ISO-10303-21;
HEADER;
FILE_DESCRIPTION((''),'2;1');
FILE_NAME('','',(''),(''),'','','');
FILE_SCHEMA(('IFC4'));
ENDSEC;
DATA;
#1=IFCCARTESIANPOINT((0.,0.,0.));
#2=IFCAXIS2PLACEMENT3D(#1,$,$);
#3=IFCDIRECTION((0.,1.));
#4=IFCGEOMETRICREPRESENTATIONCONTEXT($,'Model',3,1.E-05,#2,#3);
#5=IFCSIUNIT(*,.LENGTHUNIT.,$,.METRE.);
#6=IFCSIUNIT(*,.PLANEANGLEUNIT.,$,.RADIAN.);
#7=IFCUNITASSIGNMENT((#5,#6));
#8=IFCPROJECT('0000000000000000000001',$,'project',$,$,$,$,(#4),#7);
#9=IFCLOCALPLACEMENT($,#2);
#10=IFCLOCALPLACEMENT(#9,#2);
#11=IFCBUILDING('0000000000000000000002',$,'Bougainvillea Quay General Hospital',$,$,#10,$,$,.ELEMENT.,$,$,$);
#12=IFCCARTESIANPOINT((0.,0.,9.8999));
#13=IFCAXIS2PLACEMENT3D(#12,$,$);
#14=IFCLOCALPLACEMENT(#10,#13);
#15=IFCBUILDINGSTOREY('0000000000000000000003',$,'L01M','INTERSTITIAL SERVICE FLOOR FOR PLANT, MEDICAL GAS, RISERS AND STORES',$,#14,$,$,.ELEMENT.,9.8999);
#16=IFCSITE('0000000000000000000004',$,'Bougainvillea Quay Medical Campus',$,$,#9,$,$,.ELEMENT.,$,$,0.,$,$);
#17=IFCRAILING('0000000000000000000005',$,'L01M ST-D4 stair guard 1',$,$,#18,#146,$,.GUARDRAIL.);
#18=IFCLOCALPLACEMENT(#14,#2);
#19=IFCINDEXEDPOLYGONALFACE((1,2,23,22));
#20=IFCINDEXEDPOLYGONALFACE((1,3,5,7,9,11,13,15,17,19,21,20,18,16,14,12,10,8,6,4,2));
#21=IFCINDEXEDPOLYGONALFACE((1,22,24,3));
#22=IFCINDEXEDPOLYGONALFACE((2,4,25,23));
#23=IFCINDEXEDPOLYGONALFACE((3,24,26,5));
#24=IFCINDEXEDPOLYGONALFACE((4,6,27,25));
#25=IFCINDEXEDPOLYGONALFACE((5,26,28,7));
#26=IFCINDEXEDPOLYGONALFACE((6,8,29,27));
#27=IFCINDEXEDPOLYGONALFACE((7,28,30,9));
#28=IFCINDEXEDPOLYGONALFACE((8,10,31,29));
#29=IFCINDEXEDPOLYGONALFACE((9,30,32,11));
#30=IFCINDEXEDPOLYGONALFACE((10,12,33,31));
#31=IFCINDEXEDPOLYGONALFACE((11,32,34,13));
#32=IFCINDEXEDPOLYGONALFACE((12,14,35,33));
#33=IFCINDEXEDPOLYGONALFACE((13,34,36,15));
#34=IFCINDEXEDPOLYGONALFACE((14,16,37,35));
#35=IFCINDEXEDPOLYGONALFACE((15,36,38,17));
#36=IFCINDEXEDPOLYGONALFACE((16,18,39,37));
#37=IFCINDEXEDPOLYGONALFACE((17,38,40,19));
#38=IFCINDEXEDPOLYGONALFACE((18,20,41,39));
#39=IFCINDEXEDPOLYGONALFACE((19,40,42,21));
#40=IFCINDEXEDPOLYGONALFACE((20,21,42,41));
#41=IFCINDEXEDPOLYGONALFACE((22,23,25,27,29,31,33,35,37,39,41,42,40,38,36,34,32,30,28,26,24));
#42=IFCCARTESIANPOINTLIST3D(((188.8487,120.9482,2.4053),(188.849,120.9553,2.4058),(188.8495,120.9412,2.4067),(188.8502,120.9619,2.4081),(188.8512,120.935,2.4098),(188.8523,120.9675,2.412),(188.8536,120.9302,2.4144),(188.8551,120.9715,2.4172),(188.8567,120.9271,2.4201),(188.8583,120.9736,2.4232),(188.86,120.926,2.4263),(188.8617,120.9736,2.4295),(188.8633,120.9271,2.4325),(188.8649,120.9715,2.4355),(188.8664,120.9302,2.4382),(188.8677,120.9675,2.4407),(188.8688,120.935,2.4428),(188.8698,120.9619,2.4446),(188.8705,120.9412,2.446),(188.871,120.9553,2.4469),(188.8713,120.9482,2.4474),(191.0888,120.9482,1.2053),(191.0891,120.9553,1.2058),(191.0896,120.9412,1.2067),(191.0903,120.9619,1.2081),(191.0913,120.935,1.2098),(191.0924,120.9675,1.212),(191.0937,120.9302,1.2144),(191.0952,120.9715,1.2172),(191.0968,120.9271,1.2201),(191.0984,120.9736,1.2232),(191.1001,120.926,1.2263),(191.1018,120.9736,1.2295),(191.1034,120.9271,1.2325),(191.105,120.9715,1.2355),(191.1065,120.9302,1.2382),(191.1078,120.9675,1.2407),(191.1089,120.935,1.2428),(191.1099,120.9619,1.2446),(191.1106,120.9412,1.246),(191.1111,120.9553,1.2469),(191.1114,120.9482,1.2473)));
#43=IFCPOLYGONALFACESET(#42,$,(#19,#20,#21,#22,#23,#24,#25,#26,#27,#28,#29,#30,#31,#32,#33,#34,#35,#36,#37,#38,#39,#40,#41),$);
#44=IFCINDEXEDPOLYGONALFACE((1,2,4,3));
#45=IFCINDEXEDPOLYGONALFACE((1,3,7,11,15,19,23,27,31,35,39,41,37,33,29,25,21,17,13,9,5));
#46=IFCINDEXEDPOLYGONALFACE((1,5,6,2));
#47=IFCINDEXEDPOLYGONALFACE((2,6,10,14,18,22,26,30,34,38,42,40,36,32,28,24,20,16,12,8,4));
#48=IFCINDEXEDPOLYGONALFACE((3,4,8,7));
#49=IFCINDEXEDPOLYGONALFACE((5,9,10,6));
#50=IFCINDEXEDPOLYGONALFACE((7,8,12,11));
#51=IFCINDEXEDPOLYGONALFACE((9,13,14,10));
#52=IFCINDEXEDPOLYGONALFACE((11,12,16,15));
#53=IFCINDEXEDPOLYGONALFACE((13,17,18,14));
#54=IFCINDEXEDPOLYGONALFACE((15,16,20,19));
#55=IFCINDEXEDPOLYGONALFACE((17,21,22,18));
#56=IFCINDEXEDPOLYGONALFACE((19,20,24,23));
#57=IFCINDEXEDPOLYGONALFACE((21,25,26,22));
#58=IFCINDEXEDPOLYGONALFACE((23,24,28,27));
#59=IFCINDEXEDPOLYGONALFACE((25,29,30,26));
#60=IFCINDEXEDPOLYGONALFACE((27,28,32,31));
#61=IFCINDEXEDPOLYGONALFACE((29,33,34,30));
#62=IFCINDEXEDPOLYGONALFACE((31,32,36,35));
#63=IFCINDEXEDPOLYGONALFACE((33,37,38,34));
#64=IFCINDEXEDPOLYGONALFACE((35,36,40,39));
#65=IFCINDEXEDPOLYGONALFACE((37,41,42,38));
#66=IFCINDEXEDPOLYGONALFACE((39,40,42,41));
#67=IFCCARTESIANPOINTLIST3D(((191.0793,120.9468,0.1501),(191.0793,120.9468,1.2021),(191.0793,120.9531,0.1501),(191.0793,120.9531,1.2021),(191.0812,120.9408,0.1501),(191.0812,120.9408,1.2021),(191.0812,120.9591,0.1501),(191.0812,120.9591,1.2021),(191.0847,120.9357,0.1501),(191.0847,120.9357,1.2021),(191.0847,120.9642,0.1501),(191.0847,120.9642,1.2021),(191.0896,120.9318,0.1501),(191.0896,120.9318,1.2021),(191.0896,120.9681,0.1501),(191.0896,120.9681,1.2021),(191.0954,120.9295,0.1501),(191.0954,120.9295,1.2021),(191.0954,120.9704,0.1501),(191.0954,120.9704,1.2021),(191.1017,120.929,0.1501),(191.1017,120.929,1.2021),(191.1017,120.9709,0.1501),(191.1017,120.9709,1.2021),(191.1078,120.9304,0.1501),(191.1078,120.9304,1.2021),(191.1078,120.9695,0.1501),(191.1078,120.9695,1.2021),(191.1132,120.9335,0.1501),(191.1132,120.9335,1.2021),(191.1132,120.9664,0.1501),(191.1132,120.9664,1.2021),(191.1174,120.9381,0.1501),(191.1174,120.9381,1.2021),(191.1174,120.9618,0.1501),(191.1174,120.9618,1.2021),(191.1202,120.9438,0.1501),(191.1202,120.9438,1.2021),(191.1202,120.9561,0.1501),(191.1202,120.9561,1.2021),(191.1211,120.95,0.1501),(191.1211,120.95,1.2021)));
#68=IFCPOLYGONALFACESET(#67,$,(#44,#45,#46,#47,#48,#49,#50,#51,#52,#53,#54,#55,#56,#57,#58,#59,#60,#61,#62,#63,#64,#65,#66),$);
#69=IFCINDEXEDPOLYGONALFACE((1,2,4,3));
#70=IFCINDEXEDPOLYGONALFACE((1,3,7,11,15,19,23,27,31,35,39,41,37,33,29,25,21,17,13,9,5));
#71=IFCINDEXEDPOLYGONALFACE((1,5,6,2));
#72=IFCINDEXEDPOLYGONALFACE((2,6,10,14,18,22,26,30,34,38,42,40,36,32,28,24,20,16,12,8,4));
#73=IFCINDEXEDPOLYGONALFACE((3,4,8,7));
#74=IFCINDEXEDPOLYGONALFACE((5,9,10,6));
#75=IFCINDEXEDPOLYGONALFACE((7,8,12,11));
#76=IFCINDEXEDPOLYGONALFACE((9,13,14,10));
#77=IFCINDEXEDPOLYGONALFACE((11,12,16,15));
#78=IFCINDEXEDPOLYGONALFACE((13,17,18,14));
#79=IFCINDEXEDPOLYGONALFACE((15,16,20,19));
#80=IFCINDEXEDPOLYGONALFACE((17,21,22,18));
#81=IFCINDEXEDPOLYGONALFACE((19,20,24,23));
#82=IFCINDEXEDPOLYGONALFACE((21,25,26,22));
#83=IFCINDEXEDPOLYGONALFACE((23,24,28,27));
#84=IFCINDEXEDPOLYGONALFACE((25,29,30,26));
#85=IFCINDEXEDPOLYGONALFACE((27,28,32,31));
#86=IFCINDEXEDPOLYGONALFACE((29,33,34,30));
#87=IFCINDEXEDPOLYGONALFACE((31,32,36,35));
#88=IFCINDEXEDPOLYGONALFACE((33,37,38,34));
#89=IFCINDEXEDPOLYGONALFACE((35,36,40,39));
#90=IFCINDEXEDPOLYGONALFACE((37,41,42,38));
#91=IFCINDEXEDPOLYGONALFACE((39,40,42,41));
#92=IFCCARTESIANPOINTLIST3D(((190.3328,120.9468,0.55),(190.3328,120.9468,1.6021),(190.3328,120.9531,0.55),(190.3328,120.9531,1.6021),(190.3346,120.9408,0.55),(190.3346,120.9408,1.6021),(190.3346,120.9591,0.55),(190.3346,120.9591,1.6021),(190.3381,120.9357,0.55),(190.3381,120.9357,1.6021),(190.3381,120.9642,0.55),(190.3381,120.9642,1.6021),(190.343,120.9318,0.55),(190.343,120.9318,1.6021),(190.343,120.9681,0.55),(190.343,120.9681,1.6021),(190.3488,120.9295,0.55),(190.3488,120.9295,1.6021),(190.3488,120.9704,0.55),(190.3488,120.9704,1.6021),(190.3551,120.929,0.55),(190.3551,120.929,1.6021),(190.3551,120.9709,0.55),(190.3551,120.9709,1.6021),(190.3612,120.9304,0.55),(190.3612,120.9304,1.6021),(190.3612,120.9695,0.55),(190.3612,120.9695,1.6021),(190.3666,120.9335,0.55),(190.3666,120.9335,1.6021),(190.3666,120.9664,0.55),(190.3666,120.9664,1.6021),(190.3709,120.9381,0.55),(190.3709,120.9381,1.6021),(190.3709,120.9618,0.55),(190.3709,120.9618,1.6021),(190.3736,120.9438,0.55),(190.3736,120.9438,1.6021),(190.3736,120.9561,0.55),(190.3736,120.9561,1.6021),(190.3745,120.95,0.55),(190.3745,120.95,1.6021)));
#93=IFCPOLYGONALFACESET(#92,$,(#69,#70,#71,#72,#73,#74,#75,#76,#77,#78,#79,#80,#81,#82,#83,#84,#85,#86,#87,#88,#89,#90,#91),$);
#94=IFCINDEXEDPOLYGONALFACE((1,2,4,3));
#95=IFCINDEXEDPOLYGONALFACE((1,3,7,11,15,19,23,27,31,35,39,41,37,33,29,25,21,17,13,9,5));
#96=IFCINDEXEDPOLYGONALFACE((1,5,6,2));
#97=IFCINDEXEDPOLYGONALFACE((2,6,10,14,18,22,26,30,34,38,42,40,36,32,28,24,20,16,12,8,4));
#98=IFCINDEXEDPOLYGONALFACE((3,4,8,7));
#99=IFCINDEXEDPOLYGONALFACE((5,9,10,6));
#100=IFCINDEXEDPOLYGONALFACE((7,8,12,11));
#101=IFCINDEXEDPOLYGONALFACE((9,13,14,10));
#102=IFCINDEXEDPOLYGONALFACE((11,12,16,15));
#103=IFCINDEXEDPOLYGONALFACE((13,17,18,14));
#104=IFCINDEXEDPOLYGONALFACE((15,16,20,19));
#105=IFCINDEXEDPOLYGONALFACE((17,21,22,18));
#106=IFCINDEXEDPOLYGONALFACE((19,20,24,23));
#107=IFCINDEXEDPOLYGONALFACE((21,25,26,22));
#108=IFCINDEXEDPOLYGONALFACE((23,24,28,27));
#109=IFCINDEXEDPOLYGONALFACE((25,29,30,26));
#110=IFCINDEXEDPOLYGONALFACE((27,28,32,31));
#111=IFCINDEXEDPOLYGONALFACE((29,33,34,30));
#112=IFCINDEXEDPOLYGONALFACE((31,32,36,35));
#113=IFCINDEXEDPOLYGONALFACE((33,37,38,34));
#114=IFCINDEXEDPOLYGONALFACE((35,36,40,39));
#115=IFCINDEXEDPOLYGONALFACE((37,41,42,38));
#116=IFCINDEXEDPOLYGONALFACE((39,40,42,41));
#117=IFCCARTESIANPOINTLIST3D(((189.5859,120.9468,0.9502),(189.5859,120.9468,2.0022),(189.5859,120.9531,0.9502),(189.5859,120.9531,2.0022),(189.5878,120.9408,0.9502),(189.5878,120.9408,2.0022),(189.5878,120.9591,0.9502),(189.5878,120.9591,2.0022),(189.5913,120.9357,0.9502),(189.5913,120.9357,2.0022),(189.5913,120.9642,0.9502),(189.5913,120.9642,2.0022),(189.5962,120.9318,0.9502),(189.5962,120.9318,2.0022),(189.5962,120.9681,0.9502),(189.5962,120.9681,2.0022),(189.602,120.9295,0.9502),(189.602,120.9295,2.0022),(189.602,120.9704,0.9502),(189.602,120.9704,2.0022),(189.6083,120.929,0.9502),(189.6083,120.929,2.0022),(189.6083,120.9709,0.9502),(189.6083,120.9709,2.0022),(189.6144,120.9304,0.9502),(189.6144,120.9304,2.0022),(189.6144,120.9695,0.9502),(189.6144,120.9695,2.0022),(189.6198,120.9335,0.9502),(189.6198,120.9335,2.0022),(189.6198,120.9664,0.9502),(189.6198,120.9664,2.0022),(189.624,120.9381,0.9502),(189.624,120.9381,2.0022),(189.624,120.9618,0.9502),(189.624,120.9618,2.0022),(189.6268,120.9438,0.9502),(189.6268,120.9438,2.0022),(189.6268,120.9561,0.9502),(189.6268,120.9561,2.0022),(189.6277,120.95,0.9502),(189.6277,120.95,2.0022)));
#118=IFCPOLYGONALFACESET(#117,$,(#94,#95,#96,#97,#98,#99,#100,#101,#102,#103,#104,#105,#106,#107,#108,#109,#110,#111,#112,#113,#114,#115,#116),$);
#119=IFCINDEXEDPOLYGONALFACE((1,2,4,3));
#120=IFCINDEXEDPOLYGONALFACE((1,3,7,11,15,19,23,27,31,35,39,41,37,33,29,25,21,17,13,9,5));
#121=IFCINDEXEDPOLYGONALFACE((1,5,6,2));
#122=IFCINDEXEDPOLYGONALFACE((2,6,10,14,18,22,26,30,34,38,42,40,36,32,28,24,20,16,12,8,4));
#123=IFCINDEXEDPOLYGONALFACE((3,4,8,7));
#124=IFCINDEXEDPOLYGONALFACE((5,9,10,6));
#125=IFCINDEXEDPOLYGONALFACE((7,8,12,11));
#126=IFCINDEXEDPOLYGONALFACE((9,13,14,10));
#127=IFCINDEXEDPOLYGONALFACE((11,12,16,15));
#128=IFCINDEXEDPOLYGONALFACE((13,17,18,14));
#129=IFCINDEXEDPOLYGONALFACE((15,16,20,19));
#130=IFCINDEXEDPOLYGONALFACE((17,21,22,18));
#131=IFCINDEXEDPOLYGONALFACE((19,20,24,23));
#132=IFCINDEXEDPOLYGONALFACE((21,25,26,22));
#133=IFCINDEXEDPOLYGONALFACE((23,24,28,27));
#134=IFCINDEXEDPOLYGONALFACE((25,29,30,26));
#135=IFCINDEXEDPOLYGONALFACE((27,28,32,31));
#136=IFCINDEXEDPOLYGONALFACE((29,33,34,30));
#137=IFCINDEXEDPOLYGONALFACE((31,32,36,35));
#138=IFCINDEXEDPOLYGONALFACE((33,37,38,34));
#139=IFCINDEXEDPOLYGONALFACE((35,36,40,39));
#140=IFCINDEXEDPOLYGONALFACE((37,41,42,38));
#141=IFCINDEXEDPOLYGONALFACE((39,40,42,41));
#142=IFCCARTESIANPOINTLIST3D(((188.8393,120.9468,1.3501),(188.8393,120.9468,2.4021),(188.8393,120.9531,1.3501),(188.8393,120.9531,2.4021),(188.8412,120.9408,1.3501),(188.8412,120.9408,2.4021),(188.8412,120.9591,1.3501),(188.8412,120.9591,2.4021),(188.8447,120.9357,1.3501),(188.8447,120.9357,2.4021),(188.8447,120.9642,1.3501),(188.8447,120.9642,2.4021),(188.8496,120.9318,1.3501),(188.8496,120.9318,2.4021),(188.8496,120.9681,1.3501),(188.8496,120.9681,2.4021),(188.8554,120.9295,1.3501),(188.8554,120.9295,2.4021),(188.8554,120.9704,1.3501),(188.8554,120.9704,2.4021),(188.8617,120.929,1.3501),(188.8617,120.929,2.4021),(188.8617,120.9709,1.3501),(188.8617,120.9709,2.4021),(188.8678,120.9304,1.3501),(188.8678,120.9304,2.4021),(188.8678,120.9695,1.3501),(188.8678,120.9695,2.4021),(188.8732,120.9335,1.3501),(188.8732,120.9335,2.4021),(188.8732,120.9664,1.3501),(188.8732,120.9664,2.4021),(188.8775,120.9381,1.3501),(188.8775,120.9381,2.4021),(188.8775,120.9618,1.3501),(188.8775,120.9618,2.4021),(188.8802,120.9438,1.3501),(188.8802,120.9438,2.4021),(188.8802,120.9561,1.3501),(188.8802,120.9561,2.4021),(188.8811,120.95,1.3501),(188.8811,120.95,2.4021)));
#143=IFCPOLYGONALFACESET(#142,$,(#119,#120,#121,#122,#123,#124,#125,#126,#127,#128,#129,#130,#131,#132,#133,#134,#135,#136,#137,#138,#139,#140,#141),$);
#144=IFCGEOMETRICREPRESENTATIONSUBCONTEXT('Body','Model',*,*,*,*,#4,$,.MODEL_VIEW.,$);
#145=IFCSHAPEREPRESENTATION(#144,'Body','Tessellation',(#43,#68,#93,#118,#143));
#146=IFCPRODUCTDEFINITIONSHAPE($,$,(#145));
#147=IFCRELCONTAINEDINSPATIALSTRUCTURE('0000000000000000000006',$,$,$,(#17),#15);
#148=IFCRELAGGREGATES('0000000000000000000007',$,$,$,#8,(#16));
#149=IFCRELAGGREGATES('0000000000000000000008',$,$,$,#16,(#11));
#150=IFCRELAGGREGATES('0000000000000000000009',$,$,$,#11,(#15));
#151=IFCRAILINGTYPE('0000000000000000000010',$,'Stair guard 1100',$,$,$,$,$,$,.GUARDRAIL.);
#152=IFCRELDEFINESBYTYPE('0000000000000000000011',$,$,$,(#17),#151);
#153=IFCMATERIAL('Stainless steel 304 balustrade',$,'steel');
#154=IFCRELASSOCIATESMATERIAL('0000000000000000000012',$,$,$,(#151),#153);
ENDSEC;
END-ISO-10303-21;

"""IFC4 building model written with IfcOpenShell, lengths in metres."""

from ifc_helpers import new_model, si_unit, direction, frame, origin, origin_2d, place, context, subcontext, project, spatial, circle, extrude, material, type_object, element, save


model = new_model("IFC4")

# Units and contexts
model_context = context("Model", 3, precision=1e-05, world=origin(), true_north=direction((0.0, 1.0)))
body_context = subcontext(model_context, "Body", "Model", "MODEL_VIEW")
ifc_project = project(units=[si_unit("LENGTHUNIT", "METRE"), si_unit("PLANEANGLEUNIT", "RADIAN")], contexts=[model_context])

# Site, building, storey
site_placement = place(None, origin())
site = spatial("IfcSite", under=ifc_project, at=site_placement, Name="Bougainvillea Quay Medical Campus", CompositionType="ELEMENT", RefElevation=0.0)
building_placement = place(site_placement, origin())
building = spatial("IfcBuilding", under=site, at=building_placement, Name="Bougainvillea Quay General Hospital", CompositionType="ELEMENT")
storey_placement = place(building_placement, frame((0.0, 0.0, 9.8999)))
storey = spatial("IfcBuildingStorey", under=building, at=storey_placement, Name="L01M", Description="INTERSTITIAL SERVICE FLOOR FOR PLANT, MEDICAL GAS, RISERS AND STORES", CompositionType="ELEMENT", Elevation=9.8999)

# Railing
ifc_material_1 = material(Name="Stainless steel 304 balustrade", Category="steel")
railing_type_1 = type_object("IfcRailingType", Name="Stair guard 1100", PredefinedType="GUARDRAIL", material=ifc_material_1)
railing_1_placement = place(storey_placement, frame((191.1001, 120.95, 0.1501)))
element("IfcRailing", 1, at=railing_1_placement, inside=storey, type_object=railing_type_1, Name="L01M ST-D4 stair guard 1", PredefinedType="GUARDRAIL", context=body_context, shape_type="SweptSolid", body=[
    extrude(circle(Radius=0.0239, at=origin_2d()), frame((0.0, 0.0, 1.0762), z_axis=(-0.881487, 0.0, 0.472208), x_axis=(0.0, -1.0, 0.0)), (0.0, 0.0, 1.0), 2.5413),
    extrude(circle(Radius=0.021, at=origin_2d()), origin(), (0.0, 0.0, 1.0), 1.052),
    extrude(circle(Radius=0.021, at=origin_2d()), frame((-0.7466, 0.0, 0.3999)), (0.0, 0.0, 1.0), 1.052),
    extrude(circle(Radius=0.021, at=origin_2d()), frame((-1.4934, 0.0, 0.8)), (0.0, 0.0, 1.0), 1.052),
    extrude(circle(Radius=0.021, at=origin_2d()), frame((-2.24, 0.0, 1.2)), (0.0, 0.0, 1.0), 1.052),
])

save(model, "model.ifc")
